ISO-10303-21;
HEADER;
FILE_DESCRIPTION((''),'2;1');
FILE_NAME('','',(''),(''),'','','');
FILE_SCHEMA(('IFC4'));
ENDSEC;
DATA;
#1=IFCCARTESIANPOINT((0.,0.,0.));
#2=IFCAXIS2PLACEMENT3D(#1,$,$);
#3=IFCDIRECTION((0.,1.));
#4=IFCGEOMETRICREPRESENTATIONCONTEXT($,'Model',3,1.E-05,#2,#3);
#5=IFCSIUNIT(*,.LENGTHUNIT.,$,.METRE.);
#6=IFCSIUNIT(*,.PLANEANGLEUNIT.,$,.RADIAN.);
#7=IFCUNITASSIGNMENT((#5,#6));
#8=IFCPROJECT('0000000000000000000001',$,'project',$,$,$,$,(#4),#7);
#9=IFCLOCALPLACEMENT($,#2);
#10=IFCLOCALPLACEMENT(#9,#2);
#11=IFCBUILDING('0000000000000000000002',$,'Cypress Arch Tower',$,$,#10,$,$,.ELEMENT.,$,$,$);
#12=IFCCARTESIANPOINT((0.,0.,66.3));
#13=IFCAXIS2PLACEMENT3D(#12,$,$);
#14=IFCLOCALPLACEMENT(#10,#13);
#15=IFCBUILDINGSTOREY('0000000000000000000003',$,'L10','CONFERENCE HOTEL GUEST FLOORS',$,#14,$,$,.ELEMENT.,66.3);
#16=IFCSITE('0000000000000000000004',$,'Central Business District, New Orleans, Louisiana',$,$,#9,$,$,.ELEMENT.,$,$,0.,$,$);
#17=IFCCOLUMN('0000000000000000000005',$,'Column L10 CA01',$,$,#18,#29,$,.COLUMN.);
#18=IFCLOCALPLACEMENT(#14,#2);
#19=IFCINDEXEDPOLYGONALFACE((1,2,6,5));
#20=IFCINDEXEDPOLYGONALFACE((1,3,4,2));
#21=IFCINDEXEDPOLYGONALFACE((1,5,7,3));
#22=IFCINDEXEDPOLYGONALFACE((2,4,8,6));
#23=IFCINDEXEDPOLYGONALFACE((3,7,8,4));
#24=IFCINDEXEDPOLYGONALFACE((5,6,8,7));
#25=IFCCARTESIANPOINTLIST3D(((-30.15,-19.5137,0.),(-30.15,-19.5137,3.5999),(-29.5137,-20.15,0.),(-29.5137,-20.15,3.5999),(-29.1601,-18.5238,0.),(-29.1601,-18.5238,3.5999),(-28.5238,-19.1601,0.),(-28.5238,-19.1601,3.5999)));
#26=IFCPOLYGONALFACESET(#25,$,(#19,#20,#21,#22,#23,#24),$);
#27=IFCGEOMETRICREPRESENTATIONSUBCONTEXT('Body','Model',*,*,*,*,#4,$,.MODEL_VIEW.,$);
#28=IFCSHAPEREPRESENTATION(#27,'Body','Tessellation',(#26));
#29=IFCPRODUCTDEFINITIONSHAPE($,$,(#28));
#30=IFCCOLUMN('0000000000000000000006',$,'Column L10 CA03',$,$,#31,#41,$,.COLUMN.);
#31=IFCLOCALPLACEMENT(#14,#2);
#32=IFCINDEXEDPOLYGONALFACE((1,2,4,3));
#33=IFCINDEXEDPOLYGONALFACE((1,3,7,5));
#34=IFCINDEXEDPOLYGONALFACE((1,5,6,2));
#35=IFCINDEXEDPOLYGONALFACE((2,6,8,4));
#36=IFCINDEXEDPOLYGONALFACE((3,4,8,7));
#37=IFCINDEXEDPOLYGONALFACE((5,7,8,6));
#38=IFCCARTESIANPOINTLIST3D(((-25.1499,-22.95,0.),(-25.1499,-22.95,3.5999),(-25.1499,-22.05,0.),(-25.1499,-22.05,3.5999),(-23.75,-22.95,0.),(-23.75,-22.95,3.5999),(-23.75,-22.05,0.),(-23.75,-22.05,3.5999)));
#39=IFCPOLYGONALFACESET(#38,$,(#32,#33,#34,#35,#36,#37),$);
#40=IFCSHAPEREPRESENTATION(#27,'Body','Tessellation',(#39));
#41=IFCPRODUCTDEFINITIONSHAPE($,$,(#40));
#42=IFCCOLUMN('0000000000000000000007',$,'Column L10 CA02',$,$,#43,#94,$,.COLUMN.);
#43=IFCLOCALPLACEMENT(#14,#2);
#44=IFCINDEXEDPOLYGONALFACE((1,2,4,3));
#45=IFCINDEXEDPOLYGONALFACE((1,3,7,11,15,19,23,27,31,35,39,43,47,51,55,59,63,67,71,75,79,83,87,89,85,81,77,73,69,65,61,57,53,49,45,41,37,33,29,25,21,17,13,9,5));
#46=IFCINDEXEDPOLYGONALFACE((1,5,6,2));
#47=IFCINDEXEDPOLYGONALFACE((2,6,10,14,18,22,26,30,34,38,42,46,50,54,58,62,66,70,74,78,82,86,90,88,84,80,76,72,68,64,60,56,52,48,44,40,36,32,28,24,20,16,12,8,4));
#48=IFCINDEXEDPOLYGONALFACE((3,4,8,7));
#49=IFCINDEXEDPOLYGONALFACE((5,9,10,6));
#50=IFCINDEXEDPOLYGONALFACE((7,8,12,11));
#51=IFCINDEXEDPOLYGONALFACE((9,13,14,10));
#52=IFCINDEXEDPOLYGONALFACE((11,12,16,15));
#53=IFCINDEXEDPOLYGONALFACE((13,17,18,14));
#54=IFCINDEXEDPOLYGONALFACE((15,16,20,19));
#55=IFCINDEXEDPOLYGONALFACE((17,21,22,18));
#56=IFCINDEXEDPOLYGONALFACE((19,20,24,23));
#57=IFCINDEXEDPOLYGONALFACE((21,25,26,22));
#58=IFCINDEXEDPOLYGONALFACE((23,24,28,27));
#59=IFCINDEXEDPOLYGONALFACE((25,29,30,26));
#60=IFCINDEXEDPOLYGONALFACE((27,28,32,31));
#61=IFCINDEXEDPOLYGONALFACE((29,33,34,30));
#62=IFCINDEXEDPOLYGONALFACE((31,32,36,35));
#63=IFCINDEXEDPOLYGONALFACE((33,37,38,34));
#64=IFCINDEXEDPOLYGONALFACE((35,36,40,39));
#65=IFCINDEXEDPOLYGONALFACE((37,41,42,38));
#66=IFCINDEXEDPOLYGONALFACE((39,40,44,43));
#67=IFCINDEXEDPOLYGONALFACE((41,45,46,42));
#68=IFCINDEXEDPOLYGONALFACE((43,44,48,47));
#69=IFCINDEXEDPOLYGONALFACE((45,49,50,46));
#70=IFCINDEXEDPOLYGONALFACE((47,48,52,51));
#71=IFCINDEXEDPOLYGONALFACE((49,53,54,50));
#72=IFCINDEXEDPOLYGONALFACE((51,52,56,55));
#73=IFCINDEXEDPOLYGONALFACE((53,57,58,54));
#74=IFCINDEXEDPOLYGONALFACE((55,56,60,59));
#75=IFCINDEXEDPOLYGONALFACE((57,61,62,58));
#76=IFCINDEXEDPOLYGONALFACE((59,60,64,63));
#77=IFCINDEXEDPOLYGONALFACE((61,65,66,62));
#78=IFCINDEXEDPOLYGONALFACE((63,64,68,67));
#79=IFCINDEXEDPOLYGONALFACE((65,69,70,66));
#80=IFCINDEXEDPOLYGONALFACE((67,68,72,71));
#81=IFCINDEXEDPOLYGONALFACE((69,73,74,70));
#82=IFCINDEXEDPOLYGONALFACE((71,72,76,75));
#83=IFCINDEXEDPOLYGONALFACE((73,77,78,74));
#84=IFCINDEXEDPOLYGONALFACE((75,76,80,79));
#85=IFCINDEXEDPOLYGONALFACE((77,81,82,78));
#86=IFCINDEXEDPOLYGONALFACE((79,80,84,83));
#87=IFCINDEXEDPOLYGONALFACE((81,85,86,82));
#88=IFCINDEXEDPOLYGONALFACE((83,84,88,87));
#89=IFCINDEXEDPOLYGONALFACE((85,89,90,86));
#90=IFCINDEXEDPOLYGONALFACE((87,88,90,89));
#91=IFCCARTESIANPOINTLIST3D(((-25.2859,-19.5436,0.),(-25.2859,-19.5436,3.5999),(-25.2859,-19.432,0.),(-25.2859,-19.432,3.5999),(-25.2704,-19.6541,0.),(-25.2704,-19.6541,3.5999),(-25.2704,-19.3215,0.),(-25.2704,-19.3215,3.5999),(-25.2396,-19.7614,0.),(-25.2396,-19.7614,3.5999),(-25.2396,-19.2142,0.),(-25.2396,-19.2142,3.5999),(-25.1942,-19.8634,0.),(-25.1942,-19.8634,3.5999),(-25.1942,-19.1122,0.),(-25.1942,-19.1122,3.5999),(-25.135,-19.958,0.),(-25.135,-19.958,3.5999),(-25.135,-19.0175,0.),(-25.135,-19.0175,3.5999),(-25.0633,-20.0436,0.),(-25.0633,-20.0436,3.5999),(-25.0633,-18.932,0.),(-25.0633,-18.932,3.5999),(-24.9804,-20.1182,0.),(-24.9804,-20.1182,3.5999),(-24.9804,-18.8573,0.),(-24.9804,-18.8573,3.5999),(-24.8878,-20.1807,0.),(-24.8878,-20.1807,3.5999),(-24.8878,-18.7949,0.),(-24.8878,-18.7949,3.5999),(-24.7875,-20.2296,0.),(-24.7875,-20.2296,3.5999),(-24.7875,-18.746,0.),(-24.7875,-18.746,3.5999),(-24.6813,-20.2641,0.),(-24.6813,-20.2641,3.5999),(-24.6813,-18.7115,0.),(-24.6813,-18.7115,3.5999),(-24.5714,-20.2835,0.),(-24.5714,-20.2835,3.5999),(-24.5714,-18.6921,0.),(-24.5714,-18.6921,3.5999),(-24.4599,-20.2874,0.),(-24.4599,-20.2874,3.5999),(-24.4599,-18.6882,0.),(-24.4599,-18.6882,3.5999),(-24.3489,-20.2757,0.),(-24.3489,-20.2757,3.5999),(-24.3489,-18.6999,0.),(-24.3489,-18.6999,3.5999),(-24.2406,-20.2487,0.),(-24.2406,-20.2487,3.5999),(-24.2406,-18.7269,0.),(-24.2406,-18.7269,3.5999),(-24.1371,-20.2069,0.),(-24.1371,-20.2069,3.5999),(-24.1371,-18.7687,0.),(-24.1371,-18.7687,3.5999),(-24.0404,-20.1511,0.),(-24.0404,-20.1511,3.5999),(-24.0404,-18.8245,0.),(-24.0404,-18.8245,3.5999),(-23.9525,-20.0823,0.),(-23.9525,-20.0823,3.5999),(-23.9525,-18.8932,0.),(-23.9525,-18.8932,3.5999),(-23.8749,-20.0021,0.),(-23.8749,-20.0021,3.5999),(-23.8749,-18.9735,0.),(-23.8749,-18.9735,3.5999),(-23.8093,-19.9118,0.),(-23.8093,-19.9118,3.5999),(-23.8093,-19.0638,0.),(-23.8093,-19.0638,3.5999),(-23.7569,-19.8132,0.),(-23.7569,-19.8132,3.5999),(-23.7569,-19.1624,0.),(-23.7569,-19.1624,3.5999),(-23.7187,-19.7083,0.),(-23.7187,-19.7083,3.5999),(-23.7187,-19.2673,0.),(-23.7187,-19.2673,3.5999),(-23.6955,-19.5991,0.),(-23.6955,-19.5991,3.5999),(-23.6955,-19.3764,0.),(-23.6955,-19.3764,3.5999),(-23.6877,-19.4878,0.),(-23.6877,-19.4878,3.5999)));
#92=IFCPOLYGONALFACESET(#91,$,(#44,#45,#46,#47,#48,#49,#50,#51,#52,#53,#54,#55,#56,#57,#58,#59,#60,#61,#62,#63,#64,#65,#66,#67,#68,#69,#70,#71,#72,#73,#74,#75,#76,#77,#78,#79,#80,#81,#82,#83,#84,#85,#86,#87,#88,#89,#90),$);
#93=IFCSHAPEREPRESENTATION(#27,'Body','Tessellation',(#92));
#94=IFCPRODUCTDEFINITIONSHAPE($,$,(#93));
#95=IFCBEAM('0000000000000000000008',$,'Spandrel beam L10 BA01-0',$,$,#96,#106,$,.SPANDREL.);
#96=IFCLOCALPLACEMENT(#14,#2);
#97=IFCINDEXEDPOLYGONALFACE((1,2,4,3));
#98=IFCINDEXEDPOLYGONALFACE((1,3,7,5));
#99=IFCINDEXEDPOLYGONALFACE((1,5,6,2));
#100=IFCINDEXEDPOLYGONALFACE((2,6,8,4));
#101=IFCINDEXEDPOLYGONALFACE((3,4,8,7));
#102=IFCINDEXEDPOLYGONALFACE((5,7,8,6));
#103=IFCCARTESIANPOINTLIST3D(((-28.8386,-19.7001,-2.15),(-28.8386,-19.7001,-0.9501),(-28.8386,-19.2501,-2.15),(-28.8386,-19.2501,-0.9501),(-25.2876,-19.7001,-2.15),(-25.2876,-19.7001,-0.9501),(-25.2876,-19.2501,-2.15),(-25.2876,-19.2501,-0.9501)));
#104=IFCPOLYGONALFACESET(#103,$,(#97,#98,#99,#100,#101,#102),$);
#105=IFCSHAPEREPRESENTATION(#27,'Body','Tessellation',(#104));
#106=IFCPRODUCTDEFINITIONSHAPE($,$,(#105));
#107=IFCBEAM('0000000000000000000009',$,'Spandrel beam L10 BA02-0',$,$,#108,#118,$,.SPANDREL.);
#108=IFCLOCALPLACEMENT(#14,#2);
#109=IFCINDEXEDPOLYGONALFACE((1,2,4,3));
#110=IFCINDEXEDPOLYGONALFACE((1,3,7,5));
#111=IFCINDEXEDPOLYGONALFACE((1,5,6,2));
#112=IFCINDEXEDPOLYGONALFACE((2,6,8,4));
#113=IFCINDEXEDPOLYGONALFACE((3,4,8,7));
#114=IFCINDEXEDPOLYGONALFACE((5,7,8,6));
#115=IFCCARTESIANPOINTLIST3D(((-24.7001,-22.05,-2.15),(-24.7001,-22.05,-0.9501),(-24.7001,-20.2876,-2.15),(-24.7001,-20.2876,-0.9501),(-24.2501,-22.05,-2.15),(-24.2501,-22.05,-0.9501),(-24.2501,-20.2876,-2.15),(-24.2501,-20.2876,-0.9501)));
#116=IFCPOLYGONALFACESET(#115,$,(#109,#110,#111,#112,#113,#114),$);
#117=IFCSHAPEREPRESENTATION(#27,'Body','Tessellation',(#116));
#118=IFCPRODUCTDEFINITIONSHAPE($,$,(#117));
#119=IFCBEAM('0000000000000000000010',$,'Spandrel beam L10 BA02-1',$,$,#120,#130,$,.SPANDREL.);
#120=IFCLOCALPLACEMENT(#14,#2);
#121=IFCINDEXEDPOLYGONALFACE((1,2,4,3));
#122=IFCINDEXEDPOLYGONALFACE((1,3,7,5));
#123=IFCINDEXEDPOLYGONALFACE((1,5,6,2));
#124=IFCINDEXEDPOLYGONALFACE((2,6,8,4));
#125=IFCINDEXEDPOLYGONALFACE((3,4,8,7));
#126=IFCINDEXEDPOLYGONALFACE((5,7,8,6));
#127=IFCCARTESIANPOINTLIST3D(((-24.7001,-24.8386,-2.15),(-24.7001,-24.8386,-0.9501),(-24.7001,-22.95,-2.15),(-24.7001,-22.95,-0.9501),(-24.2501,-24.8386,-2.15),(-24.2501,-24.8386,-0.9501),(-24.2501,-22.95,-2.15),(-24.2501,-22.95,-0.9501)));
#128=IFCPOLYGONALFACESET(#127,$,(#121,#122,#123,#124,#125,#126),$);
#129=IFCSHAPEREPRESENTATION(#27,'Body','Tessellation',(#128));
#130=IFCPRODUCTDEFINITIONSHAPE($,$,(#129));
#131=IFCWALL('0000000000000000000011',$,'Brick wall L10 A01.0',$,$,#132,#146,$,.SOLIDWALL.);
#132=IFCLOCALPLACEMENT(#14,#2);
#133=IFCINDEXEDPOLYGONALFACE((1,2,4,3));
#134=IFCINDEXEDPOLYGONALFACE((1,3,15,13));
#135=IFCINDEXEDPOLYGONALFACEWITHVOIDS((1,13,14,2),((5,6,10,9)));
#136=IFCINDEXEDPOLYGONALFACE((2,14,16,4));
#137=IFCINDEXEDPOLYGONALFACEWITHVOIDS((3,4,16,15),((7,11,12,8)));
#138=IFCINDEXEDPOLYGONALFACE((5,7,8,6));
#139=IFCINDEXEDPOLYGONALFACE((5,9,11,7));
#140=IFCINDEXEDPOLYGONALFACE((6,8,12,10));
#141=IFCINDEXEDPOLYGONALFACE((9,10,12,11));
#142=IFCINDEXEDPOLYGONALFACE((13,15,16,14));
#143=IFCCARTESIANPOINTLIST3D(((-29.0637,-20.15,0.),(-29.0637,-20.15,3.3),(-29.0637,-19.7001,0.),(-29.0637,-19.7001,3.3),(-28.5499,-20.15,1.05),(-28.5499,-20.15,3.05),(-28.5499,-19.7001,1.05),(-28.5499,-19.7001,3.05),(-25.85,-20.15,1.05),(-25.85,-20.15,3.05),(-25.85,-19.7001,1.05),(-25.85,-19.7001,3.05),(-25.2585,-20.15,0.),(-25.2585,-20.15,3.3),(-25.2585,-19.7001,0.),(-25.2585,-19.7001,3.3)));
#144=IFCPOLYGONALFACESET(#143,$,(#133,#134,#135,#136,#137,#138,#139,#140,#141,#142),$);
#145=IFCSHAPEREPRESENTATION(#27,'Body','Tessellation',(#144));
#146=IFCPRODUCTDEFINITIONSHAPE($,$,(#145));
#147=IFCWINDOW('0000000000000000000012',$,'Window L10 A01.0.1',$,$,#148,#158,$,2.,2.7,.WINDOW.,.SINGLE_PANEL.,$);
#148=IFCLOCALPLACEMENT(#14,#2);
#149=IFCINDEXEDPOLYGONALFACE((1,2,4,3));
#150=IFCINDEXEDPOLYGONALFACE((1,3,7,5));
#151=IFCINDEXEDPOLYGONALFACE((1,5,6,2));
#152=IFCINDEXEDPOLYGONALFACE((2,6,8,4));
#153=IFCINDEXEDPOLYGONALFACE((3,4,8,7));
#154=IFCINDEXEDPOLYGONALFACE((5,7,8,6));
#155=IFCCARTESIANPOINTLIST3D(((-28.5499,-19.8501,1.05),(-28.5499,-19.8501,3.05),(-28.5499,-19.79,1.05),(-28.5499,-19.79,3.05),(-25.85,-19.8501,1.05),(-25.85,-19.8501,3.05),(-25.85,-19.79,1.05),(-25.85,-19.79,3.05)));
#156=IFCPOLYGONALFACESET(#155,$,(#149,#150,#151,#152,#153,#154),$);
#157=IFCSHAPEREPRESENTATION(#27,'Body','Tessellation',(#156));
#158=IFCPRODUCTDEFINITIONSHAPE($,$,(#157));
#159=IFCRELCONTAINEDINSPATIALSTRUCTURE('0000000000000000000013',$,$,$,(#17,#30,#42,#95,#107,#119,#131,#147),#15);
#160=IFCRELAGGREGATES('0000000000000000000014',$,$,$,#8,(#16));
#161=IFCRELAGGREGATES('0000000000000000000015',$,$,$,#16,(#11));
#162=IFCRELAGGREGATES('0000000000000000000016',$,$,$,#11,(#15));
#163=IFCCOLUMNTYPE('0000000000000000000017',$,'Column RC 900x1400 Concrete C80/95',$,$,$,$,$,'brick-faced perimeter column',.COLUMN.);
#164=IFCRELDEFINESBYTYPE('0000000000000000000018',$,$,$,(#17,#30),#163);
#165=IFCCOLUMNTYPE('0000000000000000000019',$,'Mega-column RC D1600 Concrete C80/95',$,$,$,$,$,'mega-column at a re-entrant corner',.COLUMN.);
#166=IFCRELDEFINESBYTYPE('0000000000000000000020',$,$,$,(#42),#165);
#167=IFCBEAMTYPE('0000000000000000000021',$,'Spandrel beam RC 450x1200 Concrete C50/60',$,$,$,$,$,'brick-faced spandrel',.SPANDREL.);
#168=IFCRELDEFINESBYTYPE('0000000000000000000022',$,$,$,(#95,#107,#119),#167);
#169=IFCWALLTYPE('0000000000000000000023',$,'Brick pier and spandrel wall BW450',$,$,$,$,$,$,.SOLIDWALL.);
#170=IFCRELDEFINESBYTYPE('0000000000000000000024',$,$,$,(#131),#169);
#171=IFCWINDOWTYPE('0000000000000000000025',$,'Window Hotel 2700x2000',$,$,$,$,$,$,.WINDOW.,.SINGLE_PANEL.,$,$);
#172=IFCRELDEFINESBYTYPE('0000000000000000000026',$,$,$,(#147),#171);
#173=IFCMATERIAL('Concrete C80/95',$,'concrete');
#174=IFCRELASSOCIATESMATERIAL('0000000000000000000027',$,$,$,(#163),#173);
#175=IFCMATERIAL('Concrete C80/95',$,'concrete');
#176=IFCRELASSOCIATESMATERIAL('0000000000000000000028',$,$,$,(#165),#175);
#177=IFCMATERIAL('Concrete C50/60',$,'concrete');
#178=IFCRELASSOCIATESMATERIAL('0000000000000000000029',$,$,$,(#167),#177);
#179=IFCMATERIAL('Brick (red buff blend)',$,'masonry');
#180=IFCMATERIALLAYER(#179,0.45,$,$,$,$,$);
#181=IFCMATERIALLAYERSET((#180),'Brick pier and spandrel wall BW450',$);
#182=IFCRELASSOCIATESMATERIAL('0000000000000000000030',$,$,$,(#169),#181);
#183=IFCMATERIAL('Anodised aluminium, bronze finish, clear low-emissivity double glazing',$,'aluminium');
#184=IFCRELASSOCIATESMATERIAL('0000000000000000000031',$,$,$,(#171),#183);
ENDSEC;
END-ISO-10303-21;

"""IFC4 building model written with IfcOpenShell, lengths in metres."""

from ifc_helpers import new_model, si_unit, direction, frame, frame_2d, origin, origin_2d, place, context, subcontext, project, spatial, rectangle, circle, extrude, material, layer, layer_set, material_profile, profile_set, type_object, element, fill, save


model = new_model("IFC4")

# Units and contexts
model_context = context("Model", 3, precision=1e-05, world=origin(), true_north=direction((0.0, 1.0)))
body_context = subcontext(model_context, "Body", "Model", "MODEL_VIEW")
ifc_project = project(units=[si_unit("LENGTHUNIT", "METRE"), si_unit("PLANEANGLEUNIT", "RADIAN")], contexts=[model_context])

# Site, building, storey
site_placement = place(None, origin())
site = spatial("IfcSite", under=ifc_project, at=site_placement, Name="Central Business District, New Orleans, Louisiana", CompositionType="ELEMENT", RefElevation=0.0)
building_placement = place(site_placement, origin())
building = spatial("IfcBuilding", under=site, at=building_placement, Name="Cypress Arch Tower", CompositionType="ELEMENT")
storey_placement = place(building_placement, frame((0.0, 0.0, 66.3)))
storey = spatial("IfcBuildingStorey", under=building, at=storey_placement, Name="L10", Description="CONFERENCE HOTEL GUEST FLOORS", CompositionType="ELEMENT", Elevation=66.3)

# Columns
ifc_material_1 = material(Name="Concrete C80/95", Category="concrete")
ifc_material_profile_1 = material_profile(ifc_material_1, rectangle(XDim=0.8999, YDim=1.3999, at=origin_2d()), Name="RC 900x1400")
ifc_profile_set_1 = profile_set([ifc_material_profile_1], Name="Concrete C80/95")
column_type_1 = type_object("IfcColumnType", Name="Column RC 900x1400 Concrete C80/95", ElementType="brick-faced perimeter column", PredefinedType="COLUMN", material=ifc_profile_set_1)
for number, where, z_axis, x_axis, name in (
    (1, (-29.3369, -19.3369, 0.0), (0.0, 0.0, 1.0), (0.707107, -0.707107, 0.0), "Column L10 CA01"),
    (2, (-24.45, -22.5, 0.0), (0.0, 0.0, 1.0), (0.0, -1.0, 0.0), "Column L10 CA03"),
):
    element("IfcColumn", number, at=place(storey_placement, frame(where, z_axis=z_axis, x_axis=x_axis)), inside=storey, type_object=column_type_1, Name=name, PredefinedType="COLUMN", context=body_context, shape_type="SweptSolid", body=[
        extrude(rectangle(XDim=0.8999, YDim=1.3999, at=origin_2d()), origin(), (0.0, 0.0, 1.0), 3.5999),
    ])
ifc_material_2 = material(Name="Concrete C80/95", Category="concrete")
ifc_material_profile_2 = material_profile(ifc_material_2, circle(Radius=0.8, at=origin_2d()), Name="RC D1600")
ifc_profile_set_2 = profile_set([ifc_material_profile_2], Name="Concrete C80/95")
column_type_2 = type_object("IfcColumnType", Name="Mega-column RC D1600 Concrete C80/95", ElementType="mega-column at a re-entrant corner", PredefinedType="COLUMN", material=ifc_profile_set_2)
column_placement = place(storey_placement, frame((-24.4878, -19.4878, 0.0), z_axis=(0.0, 0.0, 1.0), x_axis=(1.0, 0.0, 0.0)))
element("IfcColumn", 3, at=column_placement, inside=storey, type_object=column_type_2, Name="Column L10 CA02", PredefinedType="COLUMN", context=body_context, shape_type="SweptSolid", body=[
    extrude(circle(Radius=0.8, at=origin_2d()), origin(), (0.0, 0.0, 1.0), 3.5999),
])

# Beams
ifc_material_3 = material(Name="Concrete C50/60", Category="concrete")
ifc_material_profile_3 = material_profile(ifc_material_3, rectangle(XDim=0.45, YDim=1.2, at=origin_2d()), Name="RC 450x1200")
ifc_profile_set_3 = profile_set([ifc_material_profile_3], Name="Concrete C50/60")
beam_type = type_object("IfcBeamType", Name="Spandrel beam RC 450x1200 Concrete C50/60", ElementType="brick-faced spandrel", PredefinedType="SPANDREL", material=ifc_profile_set_3)
beam_1_placement = place(storey_placement, frame((-28.8386, -19.4751, -1.55), z_axis=(1.0, 0.0, 0.0), x_axis=(0.0, 1.0, 0.0)))
element("IfcBeam", 4, at=beam_1_placement, inside=storey, type_object=beam_type, Name="Spandrel beam L10 BA01-0", PredefinedType="SPANDREL", context=body_context, shape_type="SweptSolid", body=[
    extrude(rectangle(XDim=0.45, YDim=1.2, at=origin_2d()), origin(), (0.0, 0.0, 1.0), 3.551),
])
beam_2_placement = place(storey_placement, frame((-24.4751, -20.2876, -1.55), z_axis=(0.0, -1.0, 0.0), x_axis=(1.0, 0.0, 0.0)))
element("IfcBeam", 5, at=beam_2_placement, inside=storey, type_object=beam_type, Name="Spandrel beam L10 BA02-0", PredefinedType="SPANDREL", context=body_context, shape_type="SweptSolid", body=[
    extrude(rectangle(XDim=0.45, YDim=1.2, at=origin_2d()), origin(), (0.0, 0.0, 1.0), 1.7625),
])
beam_3_placement = place(storey_placement, frame((-24.4751, -22.95, -1.55), z_axis=(0.0, -1.0, 0.0), x_axis=(1.0, 0.0, 0.0)))
element("IfcBeam", 6, at=beam_3_placement, inside=storey, type_object=beam_type, Name="Spandrel beam L10 BA02-1", PredefinedType="SPANDREL", context=body_context, shape_type="SweptSolid", body=[
    extrude(rectangle(XDim=0.45, YDim=1.2, at=origin_2d()), origin(), (0.0, 0.0, 1.0), 1.8887),
])

# Wall, opening, window
ifc_material_4 = material(Name="Brick (red buff blend)", Category="masonry")
ifc_layer_1 = layer(ifc_material_4, 0.45)
ifc_layer_set_1 = layer_set([ifc_layer_1], Name="Brick pier and spandrel wall BW450")
wall_type_1 = type_object("IfcWallType", Name="Brick pier and spandrel wall BW450", PredefinedType="SOLIDWALL", material=ifc_layer_set_1)
wall_1_placement = place(storey_placement, frame((-29.0637, -19.925, 0.0), z_axis=(0.0, 0.0, 1.0), x_axis=(1.0, 0.0, 0.0)))
wall_1 = element("IfcWall", 7, at=wall_1_placement, inside=storey, type_object=wall_type_1, Name="Brick wall L10 A01.0", PredefinedType="SOLIDWALL", context=body_context, shape_type="SweptSolid", body=[
    extrude(rectangle(XDim=3.8052, YDim=0.45, at=frame_2d((1.9026, 0.0))), origin(), (0.0, 0.0, 1.0), 3.3),
])
opening_1_placement = place(wall_1_placement, frame((0.5137, 0.0, 1.05)))
opening_1 = element("IfcOpeningElement", 8, at=opening_1_placement, cuts=wall_1, PredefinedType="OPENING", context=body_context, shape_type="SweptSolid", body=[
    extrude(rectangle(XDim=2.7, YDim=2.0, at=frame_2d((1.3501, 1.0))), frame((0.0, 0.2349, 0.0), z_axis=(0.0, -1.0, 0.0), x_axis=(1.0, 0.0, 0.0)), (0.0, 0.0, 1.0), 0.47),
])
ifc_material_5 = material(Name="Anodised aluminium, bronze finish, clear low-emissivity double glazing", Category="aluminium")
window_type_1 = type_object("IfcWindowType", Name="Window Hotel 2700x2000", PartitioningType="SINGLE_PANEL", PredefinedType="WINDOW", material=ifc_material_5)
window_1_placement = place(opening_1_placement, origin())
window_1 = element("IfcWindow", 9, at=window_1_placement, inside=storey, type_object=window_type_1, Name="Window L10 A01.0.1", OverallHeight=2.0, OverallWidth=2.7, PartitioningType="SINGLE_PANEL", PredefinedType="WINDOW", context=body_context, shape_type="SweptSolid", body=[
    extrude(rectangle(XDim=2.7, YDim=2.0, at=frame_2d((1.3501, 1.0))), frame((0.0, 0.135, 0.0), z_axis=(0.0, -1.0, 0.0), x_axis=(1.0, 0.0, 0.0)), (0.0, 0.0, 1.0), 0.0601),
])
fill(opening_1, window_1)

save(model, "model.ifc")
